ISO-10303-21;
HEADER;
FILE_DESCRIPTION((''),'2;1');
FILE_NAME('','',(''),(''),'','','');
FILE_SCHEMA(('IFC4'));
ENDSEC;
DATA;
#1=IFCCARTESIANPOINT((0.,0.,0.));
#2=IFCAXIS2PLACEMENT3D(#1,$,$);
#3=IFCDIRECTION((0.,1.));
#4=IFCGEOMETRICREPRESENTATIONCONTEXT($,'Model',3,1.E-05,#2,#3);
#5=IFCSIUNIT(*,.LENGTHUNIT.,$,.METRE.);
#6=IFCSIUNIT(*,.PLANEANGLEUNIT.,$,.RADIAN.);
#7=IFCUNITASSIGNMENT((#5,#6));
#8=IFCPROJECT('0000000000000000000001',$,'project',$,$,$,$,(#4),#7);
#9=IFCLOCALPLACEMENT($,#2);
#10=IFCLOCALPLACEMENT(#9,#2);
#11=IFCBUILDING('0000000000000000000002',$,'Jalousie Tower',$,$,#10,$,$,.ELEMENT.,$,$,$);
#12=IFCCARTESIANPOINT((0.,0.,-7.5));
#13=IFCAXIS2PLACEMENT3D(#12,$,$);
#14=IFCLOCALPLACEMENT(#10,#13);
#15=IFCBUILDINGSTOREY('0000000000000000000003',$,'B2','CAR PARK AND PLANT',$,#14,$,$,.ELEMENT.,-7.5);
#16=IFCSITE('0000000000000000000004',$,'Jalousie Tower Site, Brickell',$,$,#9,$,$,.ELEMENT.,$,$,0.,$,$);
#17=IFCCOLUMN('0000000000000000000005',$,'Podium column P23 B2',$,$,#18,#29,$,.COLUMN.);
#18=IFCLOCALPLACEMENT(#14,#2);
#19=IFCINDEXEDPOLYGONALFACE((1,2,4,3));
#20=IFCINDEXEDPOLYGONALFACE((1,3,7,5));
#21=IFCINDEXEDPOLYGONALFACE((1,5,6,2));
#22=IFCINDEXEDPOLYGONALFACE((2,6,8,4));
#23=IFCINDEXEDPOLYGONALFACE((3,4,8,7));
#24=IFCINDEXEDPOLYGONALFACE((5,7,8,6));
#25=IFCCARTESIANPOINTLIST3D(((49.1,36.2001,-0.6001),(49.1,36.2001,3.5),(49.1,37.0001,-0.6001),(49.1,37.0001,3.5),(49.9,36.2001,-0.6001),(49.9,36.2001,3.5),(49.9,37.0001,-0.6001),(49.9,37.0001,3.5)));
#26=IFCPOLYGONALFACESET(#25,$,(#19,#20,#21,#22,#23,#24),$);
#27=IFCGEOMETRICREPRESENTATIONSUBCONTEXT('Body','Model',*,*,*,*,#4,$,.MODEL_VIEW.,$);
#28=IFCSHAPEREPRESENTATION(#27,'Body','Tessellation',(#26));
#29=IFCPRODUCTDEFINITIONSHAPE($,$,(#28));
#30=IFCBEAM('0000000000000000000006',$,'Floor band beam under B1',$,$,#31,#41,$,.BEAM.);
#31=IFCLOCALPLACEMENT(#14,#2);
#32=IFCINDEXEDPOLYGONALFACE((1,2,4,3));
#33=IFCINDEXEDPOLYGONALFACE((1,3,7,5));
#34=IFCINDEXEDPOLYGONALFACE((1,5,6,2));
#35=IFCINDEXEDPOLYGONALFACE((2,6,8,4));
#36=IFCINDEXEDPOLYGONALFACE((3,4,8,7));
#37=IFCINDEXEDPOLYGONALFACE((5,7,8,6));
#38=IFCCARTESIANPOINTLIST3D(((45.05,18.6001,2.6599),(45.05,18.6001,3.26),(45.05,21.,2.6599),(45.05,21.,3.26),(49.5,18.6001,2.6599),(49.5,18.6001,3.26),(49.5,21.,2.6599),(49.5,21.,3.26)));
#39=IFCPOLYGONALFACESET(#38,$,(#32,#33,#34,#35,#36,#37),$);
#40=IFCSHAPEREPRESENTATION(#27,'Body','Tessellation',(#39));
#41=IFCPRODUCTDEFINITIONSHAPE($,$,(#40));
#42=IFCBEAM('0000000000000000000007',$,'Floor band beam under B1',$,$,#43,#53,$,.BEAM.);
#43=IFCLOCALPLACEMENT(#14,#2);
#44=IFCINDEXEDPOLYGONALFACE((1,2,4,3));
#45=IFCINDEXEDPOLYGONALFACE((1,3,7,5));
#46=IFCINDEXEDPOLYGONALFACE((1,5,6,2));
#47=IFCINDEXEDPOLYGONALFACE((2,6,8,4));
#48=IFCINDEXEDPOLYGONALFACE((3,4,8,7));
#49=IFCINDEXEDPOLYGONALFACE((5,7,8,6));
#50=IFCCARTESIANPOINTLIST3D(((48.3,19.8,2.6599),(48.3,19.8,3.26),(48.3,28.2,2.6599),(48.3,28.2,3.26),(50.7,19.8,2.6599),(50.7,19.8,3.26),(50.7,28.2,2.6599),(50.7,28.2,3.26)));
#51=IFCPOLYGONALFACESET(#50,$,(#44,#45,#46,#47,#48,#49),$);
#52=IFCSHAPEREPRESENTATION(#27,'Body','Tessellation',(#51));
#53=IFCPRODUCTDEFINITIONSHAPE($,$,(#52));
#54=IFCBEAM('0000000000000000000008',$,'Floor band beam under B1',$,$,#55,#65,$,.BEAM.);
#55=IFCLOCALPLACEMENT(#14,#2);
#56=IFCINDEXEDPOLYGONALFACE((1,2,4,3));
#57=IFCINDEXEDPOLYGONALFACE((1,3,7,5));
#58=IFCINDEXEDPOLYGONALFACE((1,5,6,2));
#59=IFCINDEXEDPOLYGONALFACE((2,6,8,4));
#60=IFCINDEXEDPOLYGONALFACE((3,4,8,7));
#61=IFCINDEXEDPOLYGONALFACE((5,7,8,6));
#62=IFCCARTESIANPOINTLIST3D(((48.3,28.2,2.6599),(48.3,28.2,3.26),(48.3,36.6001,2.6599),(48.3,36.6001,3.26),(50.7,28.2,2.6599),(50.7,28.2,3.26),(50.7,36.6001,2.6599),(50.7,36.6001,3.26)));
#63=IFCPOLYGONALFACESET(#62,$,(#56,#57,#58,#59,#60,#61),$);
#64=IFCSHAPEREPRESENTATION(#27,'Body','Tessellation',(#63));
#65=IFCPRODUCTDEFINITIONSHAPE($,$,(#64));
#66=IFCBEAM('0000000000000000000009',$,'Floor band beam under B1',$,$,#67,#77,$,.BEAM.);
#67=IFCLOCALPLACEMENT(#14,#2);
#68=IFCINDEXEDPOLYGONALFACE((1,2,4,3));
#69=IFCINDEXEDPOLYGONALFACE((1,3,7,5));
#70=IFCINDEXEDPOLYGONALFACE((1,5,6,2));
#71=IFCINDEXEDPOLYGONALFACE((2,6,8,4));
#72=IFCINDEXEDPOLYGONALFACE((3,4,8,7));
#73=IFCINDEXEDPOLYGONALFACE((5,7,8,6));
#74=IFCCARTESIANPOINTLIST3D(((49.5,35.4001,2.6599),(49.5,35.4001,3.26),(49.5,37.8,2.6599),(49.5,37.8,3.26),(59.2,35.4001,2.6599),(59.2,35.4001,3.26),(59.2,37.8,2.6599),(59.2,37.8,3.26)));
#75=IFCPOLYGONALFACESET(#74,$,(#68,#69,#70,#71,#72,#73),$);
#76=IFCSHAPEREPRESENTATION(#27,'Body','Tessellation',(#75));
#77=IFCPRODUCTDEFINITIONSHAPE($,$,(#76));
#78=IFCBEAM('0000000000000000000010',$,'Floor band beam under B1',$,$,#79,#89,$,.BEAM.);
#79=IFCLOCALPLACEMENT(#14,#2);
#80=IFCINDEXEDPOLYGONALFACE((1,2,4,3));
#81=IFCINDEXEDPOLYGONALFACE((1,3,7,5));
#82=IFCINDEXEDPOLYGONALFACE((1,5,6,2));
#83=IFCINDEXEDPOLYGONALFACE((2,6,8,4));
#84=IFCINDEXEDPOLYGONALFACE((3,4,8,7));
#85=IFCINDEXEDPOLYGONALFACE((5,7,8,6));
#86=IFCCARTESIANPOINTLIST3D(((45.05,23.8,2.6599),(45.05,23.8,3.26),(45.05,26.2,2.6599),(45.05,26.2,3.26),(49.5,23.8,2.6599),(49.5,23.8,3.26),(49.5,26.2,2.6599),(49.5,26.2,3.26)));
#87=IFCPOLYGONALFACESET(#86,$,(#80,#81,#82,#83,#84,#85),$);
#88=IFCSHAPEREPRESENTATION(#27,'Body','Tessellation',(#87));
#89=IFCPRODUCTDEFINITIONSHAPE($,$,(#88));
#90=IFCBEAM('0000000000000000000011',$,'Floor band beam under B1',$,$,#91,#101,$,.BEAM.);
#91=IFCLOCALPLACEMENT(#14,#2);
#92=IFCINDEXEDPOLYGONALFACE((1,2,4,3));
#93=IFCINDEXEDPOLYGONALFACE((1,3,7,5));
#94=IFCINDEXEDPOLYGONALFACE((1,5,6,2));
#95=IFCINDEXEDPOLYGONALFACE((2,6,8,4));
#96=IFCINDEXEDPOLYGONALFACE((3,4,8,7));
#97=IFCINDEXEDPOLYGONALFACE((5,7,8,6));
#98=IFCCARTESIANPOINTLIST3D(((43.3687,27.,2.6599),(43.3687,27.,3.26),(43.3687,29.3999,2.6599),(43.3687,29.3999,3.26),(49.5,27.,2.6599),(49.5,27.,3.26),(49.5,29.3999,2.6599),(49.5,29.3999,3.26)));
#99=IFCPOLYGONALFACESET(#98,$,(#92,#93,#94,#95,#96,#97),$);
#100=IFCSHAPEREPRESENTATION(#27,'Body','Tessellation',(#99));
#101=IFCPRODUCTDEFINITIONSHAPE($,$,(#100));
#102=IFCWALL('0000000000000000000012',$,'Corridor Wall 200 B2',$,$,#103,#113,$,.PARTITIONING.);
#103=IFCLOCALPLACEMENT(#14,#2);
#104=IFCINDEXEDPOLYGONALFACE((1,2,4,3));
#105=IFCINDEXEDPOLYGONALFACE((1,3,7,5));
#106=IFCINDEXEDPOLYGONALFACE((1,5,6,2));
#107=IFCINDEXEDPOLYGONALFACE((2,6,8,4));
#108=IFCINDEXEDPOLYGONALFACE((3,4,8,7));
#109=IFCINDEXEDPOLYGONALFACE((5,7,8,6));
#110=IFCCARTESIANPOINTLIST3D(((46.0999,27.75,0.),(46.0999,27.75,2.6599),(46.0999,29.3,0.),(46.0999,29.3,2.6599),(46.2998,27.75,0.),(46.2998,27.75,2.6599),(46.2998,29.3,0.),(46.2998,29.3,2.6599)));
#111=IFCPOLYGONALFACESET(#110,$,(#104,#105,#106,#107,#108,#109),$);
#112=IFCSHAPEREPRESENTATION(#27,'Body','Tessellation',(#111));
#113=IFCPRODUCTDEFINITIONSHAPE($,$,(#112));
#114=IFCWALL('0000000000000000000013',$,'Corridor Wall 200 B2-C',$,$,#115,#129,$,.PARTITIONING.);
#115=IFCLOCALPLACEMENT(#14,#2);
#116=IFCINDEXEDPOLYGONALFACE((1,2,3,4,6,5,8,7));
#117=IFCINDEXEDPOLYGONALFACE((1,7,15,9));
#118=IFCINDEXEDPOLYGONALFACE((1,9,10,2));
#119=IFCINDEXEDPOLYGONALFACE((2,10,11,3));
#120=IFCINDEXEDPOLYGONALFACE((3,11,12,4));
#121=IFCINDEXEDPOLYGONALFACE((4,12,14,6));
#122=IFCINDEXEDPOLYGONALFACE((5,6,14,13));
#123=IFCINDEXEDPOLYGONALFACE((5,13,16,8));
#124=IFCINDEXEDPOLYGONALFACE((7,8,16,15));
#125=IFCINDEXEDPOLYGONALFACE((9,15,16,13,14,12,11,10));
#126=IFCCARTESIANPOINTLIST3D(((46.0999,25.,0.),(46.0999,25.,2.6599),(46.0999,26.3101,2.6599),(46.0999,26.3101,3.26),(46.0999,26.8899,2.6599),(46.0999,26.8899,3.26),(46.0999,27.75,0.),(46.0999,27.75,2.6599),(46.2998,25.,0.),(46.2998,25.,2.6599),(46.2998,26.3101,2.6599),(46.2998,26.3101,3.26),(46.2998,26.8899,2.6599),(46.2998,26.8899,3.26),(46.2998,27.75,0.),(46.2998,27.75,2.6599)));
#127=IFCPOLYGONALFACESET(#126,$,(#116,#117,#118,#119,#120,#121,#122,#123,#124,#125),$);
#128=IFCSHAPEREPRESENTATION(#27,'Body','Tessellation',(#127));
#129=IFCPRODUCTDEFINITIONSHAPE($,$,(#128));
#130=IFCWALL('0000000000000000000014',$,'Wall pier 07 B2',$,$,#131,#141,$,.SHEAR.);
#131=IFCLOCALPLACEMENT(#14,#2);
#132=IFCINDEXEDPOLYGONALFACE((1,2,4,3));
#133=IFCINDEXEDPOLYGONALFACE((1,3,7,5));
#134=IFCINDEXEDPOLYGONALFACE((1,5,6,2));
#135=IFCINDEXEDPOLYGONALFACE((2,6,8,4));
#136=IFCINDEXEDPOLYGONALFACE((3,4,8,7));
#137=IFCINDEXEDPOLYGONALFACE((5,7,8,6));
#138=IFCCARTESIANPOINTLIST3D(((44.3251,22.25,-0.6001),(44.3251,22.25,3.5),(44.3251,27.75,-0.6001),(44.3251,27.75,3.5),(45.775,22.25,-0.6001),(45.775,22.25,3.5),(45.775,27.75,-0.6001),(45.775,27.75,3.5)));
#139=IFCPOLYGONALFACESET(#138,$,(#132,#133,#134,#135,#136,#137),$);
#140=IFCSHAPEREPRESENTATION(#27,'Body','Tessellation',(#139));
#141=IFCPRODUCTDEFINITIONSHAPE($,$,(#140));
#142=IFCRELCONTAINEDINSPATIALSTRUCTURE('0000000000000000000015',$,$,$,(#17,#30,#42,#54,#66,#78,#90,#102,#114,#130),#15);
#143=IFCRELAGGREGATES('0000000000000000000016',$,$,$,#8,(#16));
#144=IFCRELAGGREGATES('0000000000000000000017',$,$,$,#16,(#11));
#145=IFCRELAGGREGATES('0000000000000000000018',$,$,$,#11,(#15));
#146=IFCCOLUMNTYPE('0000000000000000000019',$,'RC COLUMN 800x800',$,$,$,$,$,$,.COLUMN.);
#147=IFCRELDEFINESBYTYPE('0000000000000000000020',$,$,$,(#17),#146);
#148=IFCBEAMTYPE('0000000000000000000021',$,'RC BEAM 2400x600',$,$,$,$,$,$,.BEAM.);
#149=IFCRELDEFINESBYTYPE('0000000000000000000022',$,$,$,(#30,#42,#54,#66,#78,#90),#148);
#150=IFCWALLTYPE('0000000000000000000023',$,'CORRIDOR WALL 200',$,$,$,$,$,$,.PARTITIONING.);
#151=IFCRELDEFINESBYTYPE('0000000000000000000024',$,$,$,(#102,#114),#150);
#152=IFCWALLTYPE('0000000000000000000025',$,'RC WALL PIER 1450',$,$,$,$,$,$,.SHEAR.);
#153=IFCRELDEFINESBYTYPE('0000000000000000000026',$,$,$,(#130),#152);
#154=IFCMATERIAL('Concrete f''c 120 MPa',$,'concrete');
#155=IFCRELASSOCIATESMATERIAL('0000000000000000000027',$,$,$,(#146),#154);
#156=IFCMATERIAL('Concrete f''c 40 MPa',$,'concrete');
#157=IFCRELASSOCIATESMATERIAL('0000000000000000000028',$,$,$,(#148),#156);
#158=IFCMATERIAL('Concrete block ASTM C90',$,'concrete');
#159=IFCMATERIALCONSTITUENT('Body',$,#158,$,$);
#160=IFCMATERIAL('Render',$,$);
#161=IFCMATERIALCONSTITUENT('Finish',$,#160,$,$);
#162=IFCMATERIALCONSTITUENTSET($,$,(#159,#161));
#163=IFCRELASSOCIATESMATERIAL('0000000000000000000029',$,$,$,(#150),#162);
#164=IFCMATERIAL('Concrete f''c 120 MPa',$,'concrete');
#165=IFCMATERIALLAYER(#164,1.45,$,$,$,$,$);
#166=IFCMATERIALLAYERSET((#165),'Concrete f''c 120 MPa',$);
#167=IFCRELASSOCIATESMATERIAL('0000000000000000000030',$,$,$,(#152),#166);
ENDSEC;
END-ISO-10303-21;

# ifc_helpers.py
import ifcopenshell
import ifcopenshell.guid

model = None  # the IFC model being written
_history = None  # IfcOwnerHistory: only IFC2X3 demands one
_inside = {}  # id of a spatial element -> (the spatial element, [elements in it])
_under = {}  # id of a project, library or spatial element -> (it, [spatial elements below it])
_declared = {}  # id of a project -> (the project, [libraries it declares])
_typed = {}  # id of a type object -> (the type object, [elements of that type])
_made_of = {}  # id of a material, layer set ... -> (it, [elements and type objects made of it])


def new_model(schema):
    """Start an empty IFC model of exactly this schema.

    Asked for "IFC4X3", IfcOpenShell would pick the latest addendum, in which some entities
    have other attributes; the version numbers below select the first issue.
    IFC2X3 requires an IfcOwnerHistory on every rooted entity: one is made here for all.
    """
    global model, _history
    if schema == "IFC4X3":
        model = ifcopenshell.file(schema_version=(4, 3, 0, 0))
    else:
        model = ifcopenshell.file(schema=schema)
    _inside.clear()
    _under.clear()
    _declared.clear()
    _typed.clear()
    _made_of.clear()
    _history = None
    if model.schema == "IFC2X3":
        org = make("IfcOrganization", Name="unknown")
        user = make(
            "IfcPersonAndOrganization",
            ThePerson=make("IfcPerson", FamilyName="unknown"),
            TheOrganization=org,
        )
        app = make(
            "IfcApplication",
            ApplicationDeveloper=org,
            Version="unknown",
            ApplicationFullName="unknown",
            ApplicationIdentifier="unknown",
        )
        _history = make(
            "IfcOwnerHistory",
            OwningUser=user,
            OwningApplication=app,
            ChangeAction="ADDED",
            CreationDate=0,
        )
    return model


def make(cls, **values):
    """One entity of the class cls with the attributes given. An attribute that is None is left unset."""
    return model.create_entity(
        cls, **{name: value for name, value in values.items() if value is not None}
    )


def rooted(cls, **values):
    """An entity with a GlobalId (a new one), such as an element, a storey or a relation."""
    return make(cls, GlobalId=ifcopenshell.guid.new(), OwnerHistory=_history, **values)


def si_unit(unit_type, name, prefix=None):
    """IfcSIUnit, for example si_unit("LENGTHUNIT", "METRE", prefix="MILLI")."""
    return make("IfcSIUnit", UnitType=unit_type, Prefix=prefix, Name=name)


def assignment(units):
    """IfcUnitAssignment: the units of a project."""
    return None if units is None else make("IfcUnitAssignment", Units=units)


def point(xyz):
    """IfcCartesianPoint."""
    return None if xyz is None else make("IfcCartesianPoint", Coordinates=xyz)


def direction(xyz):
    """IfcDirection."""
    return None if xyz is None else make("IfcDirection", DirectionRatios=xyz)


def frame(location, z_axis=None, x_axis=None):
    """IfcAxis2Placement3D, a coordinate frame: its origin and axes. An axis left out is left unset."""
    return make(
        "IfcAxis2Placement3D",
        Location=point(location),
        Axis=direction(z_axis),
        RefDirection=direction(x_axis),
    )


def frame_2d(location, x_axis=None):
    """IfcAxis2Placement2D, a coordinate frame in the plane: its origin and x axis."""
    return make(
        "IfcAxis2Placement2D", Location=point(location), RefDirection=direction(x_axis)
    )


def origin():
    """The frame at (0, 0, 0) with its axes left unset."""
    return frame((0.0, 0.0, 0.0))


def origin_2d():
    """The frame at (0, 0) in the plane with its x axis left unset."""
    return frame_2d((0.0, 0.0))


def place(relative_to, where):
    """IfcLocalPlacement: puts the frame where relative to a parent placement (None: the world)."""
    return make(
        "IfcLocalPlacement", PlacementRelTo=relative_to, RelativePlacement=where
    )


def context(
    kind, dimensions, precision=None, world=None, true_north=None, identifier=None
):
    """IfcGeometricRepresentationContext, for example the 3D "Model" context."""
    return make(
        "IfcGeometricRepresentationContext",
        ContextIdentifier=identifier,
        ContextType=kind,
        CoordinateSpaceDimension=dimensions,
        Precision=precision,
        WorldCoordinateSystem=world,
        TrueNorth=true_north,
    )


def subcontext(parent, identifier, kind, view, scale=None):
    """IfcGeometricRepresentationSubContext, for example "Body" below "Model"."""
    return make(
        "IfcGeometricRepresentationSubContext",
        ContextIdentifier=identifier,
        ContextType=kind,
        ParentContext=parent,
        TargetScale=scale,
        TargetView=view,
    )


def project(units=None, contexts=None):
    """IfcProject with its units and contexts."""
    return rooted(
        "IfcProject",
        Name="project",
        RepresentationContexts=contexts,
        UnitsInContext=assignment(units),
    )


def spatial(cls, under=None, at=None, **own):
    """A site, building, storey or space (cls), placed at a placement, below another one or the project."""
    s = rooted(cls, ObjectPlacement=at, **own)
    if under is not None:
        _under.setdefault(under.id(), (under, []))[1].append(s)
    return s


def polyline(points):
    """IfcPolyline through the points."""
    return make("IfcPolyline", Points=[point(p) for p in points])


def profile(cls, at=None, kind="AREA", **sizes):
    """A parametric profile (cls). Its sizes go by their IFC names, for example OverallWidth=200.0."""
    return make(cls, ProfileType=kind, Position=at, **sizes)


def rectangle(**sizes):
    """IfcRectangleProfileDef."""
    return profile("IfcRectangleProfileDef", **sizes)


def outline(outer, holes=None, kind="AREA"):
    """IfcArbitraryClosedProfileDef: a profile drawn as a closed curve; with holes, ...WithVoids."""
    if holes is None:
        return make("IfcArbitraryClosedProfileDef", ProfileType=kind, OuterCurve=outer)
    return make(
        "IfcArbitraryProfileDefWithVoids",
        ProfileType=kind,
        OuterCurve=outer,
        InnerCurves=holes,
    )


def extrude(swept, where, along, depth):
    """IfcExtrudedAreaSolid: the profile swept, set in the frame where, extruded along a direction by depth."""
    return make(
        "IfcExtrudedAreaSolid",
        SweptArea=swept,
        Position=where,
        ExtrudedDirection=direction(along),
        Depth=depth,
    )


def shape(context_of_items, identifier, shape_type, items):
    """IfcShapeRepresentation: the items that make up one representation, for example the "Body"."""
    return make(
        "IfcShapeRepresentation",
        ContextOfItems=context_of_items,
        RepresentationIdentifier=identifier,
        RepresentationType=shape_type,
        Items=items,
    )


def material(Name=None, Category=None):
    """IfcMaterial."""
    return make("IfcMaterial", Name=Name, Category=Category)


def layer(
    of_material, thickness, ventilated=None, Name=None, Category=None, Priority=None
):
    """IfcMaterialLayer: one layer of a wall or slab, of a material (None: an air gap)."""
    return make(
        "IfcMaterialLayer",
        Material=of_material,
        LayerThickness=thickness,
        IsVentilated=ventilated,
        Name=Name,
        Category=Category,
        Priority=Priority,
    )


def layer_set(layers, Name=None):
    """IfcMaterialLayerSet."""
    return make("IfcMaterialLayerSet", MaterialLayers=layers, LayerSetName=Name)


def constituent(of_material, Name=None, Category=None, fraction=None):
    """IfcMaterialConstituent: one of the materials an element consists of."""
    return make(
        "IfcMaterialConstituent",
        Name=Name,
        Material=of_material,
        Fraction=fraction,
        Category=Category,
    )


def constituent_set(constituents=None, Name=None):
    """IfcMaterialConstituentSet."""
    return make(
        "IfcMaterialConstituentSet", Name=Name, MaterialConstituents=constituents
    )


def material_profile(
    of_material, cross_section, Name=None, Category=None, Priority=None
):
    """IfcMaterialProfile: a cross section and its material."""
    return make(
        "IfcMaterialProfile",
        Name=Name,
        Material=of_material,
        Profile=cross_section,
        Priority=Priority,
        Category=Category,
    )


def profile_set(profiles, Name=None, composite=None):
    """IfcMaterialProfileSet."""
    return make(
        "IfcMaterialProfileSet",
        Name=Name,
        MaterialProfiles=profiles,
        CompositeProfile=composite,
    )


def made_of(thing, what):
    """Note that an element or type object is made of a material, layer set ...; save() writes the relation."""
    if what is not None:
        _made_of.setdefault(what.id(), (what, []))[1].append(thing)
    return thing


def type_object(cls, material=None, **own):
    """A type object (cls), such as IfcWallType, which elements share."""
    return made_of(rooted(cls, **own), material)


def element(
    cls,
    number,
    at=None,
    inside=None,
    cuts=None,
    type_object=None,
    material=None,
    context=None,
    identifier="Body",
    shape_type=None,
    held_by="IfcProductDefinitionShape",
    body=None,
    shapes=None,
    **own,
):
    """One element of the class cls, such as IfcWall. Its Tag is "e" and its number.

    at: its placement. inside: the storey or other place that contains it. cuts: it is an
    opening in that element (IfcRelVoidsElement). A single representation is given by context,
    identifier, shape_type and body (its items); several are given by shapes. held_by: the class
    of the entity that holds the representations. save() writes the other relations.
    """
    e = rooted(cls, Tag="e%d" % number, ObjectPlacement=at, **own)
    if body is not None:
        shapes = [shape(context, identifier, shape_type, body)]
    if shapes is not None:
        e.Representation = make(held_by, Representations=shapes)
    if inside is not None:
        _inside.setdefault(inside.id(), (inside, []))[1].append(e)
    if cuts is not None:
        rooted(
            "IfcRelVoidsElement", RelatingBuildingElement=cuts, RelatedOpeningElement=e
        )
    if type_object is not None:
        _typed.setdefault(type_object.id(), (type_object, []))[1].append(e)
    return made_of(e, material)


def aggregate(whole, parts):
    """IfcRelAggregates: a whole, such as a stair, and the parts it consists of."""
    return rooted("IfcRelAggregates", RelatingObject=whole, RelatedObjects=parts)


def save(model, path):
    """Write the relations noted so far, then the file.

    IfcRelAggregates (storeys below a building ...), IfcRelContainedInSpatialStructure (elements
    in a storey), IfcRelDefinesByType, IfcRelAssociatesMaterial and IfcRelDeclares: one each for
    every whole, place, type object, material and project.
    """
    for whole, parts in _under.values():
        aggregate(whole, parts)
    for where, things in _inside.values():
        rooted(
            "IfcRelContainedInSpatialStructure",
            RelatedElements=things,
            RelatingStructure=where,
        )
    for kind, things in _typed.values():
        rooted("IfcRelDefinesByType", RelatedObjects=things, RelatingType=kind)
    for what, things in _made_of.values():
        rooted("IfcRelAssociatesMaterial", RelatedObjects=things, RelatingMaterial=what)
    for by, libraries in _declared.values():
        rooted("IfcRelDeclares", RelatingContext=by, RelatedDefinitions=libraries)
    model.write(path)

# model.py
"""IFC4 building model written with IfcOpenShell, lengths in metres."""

from ifc_helpers import new_model, si_unit, direction, frame, frame_2d, origin, origin_2d, place, context, subcontext, project, spatial, polyline, rectangle, outline, extrude, material, layer, layer_set, constituent, constituent_set, material_profile, profile_set, type_object, element, save


model = new_model("IFC4")

# Units and contexts
model_context = context("Model", 3, precision=1e-05, world=origin(), true_north=direction((0.0, 1.0)))
body_context = subcontext(model_context, "Body", "Model", "MODEL_VIEW")
ifc_project = project(units=[si_unit("LENGTHUNIT", "METRE"), si_unit("PLANEANGLEUNIT", "RADIAN")], contexts=[model_context])

# Site, building, storey
site_placement = place(None, origin())
site = spatial("IfcSite", under=ifc_project, at=site_placement, Name="Jalousie Tower Site, Brickell", CompositionType="ELEMENT", RefElevation=0.0)
building_placement = place(site_placement, origin())
building = spatial("IfcBuilding", under=site, at=building_placement, Name="Jalousie Tower", CompositionType="ELEMENT")
storey_placement = place(building_placement, frame((0.0, 0.0, -7.5)))
storey = spatial("IfcBuildingStorey", under=building, at=storey_placement, Name="B2", Description="CAR PARK AND PLANT", CompositionType="ELEMENT", Elevation=-7.5)

# Column
ifc_material_1 = material(Name="Concrete f'c 120 MPa", Category="concrete")
ifc_material_profile_1 = material_profile(ifc_material_1, rectangle(XDim=0.8, YDim=0.8, at=origin_2d()), Name="RC 800x800")
ifc_profile_set_1 = profile_set([ifc_material_profile_1], Name="Concrete f'c 120 MPa")
column_type = type_object("IfcColumnType", Name="RC COLUMN 800x800", PredefinedType="COLUMN", material=ifc_profile_set_1)
for number, where, z_axis, x_axis, name in (
    (1, (49.5, 36.6001, -0.6001), (0.0, 0.0, 1.0), (1.0, 0.0, 0.0), "Podium column P23 B2"),
):
    element("IfcColumn", number, at=place(storey_placement, frame(where, z_axis=z_axis, x_axis=x_axis)), inside=storey, type_object=column_type, Name=name, PredefinedType="COLUMN", context=body_context, shape_type="SweptSolid", body=[
        extrude(rectangle(XDim=0.8, YDim=0.8, at=origin_2d()), origin(), (0.0, 0.0, 1.0), 4.1001),
    ])

# Beams
ifc_material_2 = material(Name="Concrete f'c 40 MPa", Category="concrete")
ifc_material_profile_2 = material_profile(ifc_material_2, rectangle(XDim=2.3999, YDim=0.6001, at=origin_2d()), Name="RC 2400x600")
ifc_profile_set_2 = profile_set([ifc_material_profile_2], Name="Concrete f'c 40 MPa")
beam_type = type_object("IfcBeamType", Name="RC BEAM 2400x600", PredefinedType="BEAM", material=ifc_profile_set_2)
beam_1_placement = place(storey_placement, frame((49.5, 19.8, 2.96), z_axis=(-1.0, 0.0, 0.0), x_axis=(0.0, -1.0, 0.0)))
element("IfcBeam", 2, at=beam_1_placement, inside=storey, type_object=beam_type, Name="Floor band beam under B1", PredefinedType="BEAM", context=body_context, shape_type="SweptSolid", body=[
    extrude(rectangle(XDim=2.3999, YDim=0.6001, at=origin_2d()), origin(), (0.0, 0.0, 1.0), 4.45),
])
beam_2_placement = place(storey_placement, frame((49.5, 19.8, 2.96), z_axis=(0.0, 1.0, 0.0), x_axis=(-1.0, 0.0, 0.0)))
element("IfcBeam", 3, at=beam_2_placement, inside=storey, type_object=beam_type, Name="Floor band beam under B1", PredefinedType="BEAM", context=body_context, shape_type="SweptSolid", body=[
    extrude(rectangle(XDim=2.3999, YDim=0.6001, at=origin_2d()), origin(), (0.0, 0.0, 1.0), 8.3999),
])
beam_3_placement = place(storey_placement, frame((49.5, 28.2, 2.96), z_axis=(0.0, 1.0, 0.0), x_axis=(-1.0, 0.0, 0.0)))
element("IfcBeam", 4, at=beam_3_placement, inside=storey, type_object=beam_type, Name="Floor band beam under B1", PredefinedType="BEAM", context=body_context, shape_type="SweptSolid", body=[
    extrude(rectangle(XDim=2.3999, YDim=0.6001, at=origin_2d()), origin(), (0.0, 0.0, 1.0), 8.4001),
])
beam_4_placement = place(storey_placement, frame((49.5, 36.6001, 2.96), z_axis=(1.0, 0.0, 0.0), x_axis=(0.0, 1.0, 0.0)))
element("IfcBeam", 5, at=beam_4_placement, inside=storey, type_object=beam_type, Name="Floor band beam under B1", PredefinedType="BEAM", context=body_context, shape_type="SweptSolid", body=[
    extrude(rectangle(XDim=2.3999, YDim=0.6001, at=origin_2d()), origin(), (0.0, 0.0, 1.0), 9.7),
])
beam_5_placement = place(storey_placement, frame((45.05, 25.0, 2.96), z_axis=(1.0, 0.0, 0.0), x_axis=(0.0, 1.0, 0.0)))
element("IfcBeam", 6, at=beam_5_placement, inside=storey, type_object=beam_type, Name="Floor band beam under B1", PredefinedType="BEAM", context=body_context, shape_type="SweptSolid", body=[
    extrude(rectangle(XDim=2.3999, YDim=0.6001, at=origin_2d()), origin(), (0.0, 0.0, 1.0), 4.45),
])
beam_6_placement = place(storey_placement, frame((49.5, 28.2, 2.96), z_axis=(-1.0, 0.0, 0.0), x_axis=(0.0, -1.0, 0.0)))
element("IfcBeam", 7, at=beam_6_placement, inside=storey, type_object=beam_type, Name="Floor band beam under B1", PredefinedType="BEAM", context=body_context, shape_type="SweptSolid", body=[
    extrude(rectangle(XDim=2.3999, YDim=0.6001, at=origin_2d()), origin(), (0.0, 0.0, 1.0), 6.1313),
])

# Walls
ifc_material_3 = material(Name="Concrete block ASTM C90", Category="concrete")
ifc_constituent_1 = constituent(ifc_material_3, Name="Body")
ifc_material_4 = material(Name="Render")
ifc_constituent_2 = constituent(ifc_material_4, Name="Finish")
ifc_constituent_set = constituent_set(constituents=[ifc_constituent_1, ifc_constituent_2])
wall_type_1 = type_object("IfcWallType", Name="CORRIDOR WALL 200", PredefinedType="PARTITIONING", material=ifc_constituent_set)
wall_1_placement = place(storey_placement, frame((46.2, 27.75, 0.0), z_axis=(0.0, 0.0, 1.0), x_axis=(0.0, 1.0, 0.0)))
element("IfcWall", 8, at=wall_1_placement, inside=storey, type_object=wall_type_1, Name="Corridor Wall 200 B2", PredefinedType="PARTITIONING", context=body_context, shape_type="SweptSolid", body=[
    extrude(outline(polyline([(0.0, 0.0), (1.55, 0.0), (1.55, 3.26), (1.55, 2.6599), (0.0, 2.6599), (0.0, 3.26), (0.0, 0.0)])), frame((0.0, 0.1001, 0.0), z_axis=(0.0, -1.0, 0.0), x_axis=(1.0, 0.0, 0.0)), (0.0, 0.0, 1.0), 0.2),
])
wall_2_placement = place(storey_placement, frame((46.2, 25.0, 0.0), z_axis=(0.0, 0.0, 1.0), x_axis=(0.0, 1.0, 0.0)))
element("IfcWall", 9, at=wall_2_placement, inside=storey, type_object=wall_type_1, Name="Corridor Wall 200 B2-C", PredefinedType="PARTITIONING", context=body_context, shape_type="SweptSolid", body=[
    extrude(outline(polyline([(0.0, 0.0), (2.75, 0.0), (2.75, 2.6599), (1.8899, 2.6599), (1.8899, 3.26), (1.3101, 3.26), (1.3101, 2.6599), (0.0, 2.6599), (0.0, 0.0)])), frame((0.0, 0.1001, 0.0), z_axis=(0.0, -1.0, 0.0), x_axis=(1.0, 0.0, 0.0)), (0.0, 0.0, 1.0), 0.2),
])
ifc_material_5 = material(Name="Concrete f'c 120 MPa", Category="concrete")
ifc_layer = layer(ifc_material_5, 1.45)
ifc_layer_set = layer_set([ifc_layer], Name="Concrete f'c 120 MPa")
wall_type_2 = type_object("IfcWallType", Name="RC WALL PIER 1450", PredefinedType="SHEAR", material=ifc_layer_set)
wall_3_placement = place(storey_placement, frame((45.05, 22.25, -0.6001), z_axis=(0.0, 0.0, 1.0), x_axis=(0.0, 1.0, 0.0)))
element("IfcWall", 10, at=wall_3_placement, inside=storey, type_object=wall_type_2, Name="Wall pier 07 B2", PredefinedType="SHEAR", context=body_context, shape_type="SweptSolid", body=[
    extrude(rectangle(XDim=5.5, YDim=1.45, at=frame_2d((2.75, 0.0))), origin(), (0.0, 0.0, 1.0), 4.1001),
])

save(model, "model.ifc")
